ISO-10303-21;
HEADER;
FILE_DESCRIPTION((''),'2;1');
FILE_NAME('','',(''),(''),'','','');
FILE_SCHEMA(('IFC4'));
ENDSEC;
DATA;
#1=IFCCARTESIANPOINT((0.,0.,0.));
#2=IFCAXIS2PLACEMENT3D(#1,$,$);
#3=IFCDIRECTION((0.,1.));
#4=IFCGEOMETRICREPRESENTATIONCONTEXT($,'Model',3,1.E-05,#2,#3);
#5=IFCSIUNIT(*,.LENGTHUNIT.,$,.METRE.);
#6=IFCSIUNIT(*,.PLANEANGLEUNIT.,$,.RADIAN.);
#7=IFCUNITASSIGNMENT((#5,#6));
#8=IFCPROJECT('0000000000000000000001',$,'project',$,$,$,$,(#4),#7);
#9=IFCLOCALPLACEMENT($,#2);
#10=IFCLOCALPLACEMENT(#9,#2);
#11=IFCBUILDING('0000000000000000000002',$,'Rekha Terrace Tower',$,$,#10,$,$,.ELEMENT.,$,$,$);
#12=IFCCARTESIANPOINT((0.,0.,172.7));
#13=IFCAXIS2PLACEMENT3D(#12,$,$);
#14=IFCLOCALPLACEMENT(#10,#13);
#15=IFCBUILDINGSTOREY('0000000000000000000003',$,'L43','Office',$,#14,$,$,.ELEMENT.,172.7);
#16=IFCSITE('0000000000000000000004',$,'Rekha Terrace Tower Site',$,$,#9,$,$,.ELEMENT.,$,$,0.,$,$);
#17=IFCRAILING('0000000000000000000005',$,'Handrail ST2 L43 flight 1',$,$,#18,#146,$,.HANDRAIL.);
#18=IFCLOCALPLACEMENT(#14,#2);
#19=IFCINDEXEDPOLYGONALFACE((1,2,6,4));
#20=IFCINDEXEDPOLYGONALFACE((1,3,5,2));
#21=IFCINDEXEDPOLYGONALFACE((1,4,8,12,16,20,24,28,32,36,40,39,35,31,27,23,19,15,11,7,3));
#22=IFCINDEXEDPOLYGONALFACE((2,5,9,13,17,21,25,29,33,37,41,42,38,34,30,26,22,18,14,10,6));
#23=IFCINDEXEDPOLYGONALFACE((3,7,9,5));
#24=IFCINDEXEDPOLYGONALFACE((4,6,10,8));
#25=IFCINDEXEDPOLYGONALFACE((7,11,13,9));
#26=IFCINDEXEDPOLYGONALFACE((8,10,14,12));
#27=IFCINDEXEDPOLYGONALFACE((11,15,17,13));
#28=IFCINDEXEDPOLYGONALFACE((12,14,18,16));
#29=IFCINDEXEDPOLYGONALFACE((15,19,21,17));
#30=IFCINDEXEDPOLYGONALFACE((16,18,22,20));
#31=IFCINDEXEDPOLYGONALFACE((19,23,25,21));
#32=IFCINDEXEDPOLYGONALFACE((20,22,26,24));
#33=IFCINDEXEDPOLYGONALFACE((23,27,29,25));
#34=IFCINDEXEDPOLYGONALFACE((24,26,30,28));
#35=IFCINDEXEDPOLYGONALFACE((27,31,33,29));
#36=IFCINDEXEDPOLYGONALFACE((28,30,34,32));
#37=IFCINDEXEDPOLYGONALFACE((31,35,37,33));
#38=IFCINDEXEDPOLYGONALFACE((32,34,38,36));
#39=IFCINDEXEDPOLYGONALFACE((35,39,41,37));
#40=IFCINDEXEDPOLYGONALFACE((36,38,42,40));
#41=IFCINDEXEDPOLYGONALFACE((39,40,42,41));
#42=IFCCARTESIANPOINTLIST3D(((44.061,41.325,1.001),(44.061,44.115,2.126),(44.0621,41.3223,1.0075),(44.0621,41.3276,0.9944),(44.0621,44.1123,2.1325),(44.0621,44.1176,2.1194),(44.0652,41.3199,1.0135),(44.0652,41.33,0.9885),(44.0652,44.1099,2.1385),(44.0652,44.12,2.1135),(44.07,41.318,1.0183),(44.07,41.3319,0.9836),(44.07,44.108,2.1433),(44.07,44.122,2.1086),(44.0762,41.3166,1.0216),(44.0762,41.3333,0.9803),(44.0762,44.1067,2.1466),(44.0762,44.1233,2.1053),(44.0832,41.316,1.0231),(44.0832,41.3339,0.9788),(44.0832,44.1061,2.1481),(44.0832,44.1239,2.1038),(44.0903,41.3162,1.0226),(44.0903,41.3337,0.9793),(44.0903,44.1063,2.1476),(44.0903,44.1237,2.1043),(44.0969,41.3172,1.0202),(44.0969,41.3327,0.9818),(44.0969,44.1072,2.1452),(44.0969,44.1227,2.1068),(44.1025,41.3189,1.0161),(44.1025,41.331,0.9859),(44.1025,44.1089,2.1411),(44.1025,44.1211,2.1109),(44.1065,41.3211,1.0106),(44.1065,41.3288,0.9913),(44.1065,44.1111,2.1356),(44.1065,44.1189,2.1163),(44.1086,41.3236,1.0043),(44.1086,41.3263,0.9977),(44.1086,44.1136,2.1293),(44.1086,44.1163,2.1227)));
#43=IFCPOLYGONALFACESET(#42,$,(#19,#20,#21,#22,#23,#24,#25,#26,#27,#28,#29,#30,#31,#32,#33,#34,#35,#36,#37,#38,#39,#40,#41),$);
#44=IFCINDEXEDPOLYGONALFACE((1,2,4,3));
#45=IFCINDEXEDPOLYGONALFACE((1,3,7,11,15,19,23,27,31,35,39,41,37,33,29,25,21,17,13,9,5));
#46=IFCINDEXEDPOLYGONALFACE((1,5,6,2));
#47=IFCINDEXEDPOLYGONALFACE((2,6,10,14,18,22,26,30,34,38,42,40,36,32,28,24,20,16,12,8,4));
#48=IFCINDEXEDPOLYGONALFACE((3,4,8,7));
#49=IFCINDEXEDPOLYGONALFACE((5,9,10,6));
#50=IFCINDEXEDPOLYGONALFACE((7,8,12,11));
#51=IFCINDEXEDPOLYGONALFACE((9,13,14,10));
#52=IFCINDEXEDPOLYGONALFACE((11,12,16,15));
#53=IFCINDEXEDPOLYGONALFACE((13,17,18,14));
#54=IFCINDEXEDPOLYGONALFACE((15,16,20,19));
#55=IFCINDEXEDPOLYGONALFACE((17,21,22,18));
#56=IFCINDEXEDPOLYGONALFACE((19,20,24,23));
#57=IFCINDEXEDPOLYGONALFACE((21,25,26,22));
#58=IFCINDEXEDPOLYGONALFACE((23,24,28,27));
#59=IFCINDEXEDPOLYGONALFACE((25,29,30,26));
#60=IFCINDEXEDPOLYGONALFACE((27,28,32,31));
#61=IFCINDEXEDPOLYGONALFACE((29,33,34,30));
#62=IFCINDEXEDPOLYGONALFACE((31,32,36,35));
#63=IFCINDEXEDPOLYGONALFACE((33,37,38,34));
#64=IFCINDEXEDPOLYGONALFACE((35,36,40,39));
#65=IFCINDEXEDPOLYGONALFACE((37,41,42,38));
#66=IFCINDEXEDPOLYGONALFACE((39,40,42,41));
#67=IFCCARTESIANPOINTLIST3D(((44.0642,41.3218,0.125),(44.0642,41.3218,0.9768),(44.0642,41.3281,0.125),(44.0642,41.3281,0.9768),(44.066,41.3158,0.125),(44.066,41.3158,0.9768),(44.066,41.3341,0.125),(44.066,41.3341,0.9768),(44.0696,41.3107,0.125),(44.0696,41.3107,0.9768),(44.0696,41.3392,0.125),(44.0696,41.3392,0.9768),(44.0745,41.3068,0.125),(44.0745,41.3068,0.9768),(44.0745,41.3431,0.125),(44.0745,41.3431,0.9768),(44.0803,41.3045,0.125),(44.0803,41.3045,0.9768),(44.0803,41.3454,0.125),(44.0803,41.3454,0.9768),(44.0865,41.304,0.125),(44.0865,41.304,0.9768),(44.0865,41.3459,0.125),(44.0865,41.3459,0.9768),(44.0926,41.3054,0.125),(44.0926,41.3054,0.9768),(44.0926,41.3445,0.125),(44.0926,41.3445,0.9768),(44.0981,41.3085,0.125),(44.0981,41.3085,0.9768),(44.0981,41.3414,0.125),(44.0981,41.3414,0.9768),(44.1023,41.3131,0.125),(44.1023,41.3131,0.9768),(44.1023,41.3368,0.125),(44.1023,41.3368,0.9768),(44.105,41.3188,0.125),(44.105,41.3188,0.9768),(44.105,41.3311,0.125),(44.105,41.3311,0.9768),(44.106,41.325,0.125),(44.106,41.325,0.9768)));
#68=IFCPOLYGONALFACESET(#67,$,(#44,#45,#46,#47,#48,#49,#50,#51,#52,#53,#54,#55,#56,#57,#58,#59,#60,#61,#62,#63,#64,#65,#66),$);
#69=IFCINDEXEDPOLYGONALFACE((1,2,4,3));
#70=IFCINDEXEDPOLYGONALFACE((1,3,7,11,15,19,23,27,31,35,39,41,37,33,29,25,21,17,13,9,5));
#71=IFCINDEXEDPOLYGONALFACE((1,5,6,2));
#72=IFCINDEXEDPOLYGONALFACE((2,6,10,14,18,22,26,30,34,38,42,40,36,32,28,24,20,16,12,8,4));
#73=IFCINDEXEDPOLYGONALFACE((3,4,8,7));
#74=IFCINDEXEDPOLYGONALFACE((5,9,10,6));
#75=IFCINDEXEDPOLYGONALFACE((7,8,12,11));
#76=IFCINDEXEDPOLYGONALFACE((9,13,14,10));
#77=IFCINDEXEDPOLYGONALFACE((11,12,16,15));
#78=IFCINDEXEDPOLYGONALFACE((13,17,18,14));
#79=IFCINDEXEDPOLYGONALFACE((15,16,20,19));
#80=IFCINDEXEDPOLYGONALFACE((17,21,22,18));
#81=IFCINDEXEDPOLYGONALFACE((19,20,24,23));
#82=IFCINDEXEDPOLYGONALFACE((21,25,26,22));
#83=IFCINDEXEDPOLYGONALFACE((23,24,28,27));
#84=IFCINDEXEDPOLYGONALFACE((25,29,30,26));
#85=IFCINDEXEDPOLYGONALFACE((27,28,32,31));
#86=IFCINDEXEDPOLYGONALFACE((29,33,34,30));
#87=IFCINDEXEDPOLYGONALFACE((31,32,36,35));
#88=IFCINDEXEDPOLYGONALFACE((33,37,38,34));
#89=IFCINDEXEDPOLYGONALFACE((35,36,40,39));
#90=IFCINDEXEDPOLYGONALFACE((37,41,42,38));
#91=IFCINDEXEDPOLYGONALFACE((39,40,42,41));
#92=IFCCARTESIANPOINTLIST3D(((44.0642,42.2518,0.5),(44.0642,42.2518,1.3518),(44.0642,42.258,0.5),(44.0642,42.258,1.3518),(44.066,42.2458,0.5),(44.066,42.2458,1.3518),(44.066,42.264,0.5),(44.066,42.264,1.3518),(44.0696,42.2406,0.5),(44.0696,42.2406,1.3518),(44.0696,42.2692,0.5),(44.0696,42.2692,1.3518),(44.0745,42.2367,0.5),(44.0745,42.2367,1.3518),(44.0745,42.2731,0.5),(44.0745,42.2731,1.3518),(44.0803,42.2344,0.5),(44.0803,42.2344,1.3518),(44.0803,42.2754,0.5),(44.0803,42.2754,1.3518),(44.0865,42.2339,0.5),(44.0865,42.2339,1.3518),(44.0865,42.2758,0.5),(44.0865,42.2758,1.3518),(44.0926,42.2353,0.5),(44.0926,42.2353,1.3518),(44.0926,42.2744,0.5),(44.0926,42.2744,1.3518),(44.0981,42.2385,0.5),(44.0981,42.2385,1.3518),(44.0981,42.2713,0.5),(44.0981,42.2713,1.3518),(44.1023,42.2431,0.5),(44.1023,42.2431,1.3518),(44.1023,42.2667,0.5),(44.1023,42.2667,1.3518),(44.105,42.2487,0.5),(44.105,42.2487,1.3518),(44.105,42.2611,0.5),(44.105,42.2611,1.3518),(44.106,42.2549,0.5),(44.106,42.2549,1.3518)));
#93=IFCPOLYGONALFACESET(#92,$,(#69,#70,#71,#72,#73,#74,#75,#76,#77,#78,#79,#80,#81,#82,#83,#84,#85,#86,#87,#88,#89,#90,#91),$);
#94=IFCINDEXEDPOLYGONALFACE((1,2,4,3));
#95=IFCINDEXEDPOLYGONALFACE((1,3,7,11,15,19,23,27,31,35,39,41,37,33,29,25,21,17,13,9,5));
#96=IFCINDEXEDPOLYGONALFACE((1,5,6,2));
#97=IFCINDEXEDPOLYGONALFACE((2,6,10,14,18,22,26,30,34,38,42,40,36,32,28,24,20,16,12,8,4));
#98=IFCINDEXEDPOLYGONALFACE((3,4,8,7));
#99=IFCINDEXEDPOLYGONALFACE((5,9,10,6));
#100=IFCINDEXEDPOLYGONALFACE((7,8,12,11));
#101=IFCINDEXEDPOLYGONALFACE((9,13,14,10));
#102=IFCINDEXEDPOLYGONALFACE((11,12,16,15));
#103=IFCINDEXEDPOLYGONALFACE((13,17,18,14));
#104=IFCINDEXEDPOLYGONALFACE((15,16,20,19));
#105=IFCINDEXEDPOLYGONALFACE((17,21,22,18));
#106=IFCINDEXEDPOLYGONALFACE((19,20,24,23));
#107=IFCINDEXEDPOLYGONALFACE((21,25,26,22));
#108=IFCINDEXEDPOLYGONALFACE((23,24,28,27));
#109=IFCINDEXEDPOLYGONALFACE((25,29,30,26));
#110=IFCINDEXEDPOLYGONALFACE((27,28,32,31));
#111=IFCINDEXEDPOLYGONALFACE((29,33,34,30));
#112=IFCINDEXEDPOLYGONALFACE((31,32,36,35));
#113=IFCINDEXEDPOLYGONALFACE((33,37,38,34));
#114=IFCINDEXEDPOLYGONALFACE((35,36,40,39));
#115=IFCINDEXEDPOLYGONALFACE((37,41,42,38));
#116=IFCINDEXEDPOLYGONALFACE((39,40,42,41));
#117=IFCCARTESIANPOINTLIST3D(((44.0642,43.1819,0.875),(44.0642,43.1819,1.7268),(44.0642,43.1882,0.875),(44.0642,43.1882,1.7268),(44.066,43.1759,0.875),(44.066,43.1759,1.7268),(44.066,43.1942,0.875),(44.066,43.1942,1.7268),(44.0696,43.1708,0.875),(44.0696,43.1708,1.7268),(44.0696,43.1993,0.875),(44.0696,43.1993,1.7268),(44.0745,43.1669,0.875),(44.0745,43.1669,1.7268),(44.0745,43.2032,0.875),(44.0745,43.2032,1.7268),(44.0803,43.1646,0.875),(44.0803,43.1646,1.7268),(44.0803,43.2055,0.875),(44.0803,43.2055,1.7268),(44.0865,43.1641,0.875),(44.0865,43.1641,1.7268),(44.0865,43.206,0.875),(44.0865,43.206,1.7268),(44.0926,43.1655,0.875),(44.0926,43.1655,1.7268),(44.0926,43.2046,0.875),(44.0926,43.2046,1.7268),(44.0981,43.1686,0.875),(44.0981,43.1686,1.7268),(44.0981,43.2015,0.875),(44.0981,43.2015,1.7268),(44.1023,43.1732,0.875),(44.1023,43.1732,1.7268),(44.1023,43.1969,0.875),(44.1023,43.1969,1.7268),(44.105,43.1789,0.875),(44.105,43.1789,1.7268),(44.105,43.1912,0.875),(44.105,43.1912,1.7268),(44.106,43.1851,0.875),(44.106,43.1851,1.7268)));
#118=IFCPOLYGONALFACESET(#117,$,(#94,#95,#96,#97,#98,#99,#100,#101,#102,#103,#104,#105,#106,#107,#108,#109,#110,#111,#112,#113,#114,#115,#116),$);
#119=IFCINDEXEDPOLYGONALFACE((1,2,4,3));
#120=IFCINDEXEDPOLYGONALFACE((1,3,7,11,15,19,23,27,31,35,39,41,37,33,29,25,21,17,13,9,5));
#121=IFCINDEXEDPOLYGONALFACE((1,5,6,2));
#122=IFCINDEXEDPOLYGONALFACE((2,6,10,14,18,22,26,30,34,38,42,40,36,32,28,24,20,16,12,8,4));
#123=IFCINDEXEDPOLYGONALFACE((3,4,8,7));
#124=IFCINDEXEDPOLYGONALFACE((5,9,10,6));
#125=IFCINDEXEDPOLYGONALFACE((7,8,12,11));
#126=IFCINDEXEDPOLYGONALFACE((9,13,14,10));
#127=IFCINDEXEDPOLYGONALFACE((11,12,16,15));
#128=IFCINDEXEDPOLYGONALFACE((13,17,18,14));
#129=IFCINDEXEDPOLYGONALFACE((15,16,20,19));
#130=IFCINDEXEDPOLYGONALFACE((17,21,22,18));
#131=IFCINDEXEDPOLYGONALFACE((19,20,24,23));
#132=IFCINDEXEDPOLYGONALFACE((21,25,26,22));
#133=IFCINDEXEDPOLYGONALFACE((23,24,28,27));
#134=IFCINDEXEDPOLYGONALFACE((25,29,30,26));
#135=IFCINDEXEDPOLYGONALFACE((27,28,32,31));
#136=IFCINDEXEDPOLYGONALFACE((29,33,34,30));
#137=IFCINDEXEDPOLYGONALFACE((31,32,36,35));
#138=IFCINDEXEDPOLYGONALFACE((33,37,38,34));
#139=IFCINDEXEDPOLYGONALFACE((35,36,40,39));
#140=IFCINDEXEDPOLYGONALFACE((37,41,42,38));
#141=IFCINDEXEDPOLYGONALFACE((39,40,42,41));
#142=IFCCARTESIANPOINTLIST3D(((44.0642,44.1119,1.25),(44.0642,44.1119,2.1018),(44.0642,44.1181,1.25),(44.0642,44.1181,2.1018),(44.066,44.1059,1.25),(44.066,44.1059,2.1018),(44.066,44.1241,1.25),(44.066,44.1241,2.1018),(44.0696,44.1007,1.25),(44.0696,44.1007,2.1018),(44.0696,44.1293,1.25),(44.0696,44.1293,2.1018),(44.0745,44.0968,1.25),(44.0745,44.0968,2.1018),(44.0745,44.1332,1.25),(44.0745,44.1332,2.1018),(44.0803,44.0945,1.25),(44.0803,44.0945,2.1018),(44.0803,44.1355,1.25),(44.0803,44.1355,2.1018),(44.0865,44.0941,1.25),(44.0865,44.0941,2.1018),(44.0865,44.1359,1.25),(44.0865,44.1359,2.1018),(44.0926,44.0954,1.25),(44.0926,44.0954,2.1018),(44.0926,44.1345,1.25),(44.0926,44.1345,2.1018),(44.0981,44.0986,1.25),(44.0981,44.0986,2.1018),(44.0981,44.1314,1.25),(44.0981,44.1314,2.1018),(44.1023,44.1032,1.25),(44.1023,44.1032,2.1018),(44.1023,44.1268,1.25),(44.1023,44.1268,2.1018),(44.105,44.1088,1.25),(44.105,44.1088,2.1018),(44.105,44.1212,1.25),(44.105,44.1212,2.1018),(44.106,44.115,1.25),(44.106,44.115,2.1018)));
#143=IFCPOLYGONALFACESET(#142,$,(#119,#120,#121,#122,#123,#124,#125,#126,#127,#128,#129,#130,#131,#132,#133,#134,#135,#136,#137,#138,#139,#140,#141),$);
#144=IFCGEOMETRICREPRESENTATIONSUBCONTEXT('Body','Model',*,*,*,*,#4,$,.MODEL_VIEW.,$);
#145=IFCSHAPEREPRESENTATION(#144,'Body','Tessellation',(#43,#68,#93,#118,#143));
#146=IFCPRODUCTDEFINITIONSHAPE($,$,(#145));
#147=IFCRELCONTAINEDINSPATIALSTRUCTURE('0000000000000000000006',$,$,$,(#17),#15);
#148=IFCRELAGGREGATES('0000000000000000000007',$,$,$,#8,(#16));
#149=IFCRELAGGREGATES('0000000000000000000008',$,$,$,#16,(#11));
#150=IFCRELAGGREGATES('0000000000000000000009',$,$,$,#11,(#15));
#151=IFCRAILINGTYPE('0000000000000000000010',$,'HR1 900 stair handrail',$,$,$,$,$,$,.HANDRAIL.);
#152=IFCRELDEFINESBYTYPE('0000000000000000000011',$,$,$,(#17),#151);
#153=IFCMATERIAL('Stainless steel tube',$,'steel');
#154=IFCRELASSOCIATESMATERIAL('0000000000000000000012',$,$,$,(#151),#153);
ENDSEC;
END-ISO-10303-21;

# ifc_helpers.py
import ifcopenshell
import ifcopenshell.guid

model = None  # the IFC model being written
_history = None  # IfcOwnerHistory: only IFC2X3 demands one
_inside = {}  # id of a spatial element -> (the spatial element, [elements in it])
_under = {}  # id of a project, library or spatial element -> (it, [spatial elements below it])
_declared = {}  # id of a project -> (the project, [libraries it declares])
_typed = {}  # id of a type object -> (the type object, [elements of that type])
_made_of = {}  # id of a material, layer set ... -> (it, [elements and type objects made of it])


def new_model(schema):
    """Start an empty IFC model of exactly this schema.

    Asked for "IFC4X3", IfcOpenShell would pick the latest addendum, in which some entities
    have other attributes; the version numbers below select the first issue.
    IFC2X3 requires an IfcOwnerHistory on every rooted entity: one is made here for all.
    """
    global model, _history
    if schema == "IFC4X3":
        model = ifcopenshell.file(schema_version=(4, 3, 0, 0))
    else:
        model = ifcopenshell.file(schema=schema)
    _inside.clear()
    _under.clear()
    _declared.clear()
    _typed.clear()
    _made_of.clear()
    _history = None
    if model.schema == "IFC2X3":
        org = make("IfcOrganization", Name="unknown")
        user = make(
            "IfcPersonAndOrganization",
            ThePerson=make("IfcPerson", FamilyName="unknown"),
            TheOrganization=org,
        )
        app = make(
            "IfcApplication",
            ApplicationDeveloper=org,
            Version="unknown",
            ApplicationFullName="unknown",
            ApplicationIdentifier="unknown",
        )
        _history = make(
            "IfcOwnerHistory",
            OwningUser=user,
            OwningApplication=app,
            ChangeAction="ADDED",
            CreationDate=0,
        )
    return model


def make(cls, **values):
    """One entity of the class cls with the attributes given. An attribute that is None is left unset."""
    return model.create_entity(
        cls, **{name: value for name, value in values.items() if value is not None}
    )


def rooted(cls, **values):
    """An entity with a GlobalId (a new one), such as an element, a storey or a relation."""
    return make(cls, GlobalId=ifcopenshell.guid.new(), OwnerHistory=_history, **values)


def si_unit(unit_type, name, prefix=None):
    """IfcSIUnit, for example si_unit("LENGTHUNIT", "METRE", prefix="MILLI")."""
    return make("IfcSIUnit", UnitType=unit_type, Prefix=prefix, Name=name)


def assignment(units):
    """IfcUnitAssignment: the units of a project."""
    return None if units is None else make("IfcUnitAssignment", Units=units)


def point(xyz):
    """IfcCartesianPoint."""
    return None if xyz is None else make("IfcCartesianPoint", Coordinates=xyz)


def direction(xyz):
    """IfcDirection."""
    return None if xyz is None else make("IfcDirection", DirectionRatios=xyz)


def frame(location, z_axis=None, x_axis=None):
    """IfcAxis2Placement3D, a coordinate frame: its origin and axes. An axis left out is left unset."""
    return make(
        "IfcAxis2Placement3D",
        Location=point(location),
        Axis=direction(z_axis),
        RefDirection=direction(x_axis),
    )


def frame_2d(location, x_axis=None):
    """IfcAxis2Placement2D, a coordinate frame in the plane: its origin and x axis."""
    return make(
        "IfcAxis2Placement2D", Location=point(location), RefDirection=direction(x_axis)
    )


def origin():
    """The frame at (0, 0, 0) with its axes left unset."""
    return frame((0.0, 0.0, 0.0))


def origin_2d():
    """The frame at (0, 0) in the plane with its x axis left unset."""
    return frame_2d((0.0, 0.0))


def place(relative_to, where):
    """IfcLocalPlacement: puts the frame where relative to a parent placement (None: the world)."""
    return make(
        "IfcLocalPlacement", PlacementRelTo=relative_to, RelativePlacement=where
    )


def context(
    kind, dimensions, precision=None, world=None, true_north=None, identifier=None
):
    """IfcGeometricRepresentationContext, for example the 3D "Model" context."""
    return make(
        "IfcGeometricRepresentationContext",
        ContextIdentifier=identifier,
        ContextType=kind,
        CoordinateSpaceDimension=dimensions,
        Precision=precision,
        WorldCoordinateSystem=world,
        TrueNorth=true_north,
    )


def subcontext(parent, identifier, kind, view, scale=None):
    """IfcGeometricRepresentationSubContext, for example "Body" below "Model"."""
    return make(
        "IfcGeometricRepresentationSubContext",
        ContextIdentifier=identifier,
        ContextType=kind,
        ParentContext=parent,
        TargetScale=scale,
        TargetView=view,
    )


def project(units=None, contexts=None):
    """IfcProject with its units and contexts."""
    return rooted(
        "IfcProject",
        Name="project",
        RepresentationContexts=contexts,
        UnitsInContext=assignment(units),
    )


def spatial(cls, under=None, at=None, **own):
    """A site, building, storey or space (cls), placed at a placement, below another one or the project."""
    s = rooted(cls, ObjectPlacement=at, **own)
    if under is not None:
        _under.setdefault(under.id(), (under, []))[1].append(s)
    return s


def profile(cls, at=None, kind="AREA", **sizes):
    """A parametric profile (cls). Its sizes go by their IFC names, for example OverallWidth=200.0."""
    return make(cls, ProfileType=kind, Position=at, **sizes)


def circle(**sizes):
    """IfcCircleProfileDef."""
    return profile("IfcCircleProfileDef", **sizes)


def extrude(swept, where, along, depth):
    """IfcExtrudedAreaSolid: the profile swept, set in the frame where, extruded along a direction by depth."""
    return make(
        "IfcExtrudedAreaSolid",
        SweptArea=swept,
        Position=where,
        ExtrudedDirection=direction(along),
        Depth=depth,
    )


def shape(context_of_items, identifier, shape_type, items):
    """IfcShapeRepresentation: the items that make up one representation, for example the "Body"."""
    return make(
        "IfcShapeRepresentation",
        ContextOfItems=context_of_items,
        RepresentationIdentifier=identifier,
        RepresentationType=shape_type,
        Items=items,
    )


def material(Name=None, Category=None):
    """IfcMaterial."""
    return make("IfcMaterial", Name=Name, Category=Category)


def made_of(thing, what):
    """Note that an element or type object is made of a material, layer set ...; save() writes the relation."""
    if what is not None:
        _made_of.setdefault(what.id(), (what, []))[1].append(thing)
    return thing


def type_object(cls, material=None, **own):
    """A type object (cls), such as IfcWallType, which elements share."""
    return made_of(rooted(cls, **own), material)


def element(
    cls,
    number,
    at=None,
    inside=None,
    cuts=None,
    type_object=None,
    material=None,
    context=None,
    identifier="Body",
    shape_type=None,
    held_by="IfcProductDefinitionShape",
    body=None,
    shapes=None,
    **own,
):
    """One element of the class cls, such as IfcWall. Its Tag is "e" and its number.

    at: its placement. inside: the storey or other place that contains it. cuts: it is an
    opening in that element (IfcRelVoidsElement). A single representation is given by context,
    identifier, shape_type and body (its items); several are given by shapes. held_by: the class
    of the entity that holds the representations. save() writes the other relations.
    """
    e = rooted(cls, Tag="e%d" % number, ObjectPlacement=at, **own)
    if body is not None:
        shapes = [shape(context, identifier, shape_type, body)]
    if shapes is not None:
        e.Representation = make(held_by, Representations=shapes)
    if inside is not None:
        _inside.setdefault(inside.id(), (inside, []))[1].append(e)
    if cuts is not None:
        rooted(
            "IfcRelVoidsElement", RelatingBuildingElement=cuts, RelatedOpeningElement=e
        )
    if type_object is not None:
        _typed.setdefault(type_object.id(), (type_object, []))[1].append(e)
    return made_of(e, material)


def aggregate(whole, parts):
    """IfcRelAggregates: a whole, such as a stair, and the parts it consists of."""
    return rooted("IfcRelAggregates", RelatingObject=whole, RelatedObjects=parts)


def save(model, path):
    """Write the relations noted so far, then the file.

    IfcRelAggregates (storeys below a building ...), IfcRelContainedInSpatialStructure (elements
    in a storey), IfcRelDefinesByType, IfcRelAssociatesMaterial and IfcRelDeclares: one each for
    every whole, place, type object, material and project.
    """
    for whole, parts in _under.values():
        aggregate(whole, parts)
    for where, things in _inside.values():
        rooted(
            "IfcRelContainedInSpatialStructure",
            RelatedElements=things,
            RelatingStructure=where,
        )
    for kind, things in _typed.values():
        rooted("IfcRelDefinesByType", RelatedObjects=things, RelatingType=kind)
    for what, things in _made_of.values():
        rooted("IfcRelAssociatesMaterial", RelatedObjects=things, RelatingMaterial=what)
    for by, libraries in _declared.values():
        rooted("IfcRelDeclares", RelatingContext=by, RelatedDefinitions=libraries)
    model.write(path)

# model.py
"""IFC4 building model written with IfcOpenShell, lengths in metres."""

from ifc_helpers import new_model, si_unit, direction, frame, origin, origin_2d, place, context, subcontext, project, spatial, circle, extrude, material, type_object, element, save


model = new_model("IFC4")

# Units and contexts
model_context = context("Model", 3, precision=1e-05, world=origin(), true_north=direction((0.0, 1.0)))
body_context = subcontext(model_context, "Body", "Model", "MODEL_VIEW")
ifc_project = project(units=[si_unit("LENGTHUNIT", "METRE"), si_unit("PLANEANGLEUNIT", "RADIAN")], contexts=[model_context])

# Site, building, storey
site_placement = place(None, origin())
site = spatial("IfcSite", under=ifc_project, at=site_placement, Name="Rekha Terrace Tower Site", CompositionType="ELEMENT", RefElevation=0.0)
building_placement = place(site_placement, origin())
building = spatial("IfcBuilding", under=site, at=building_placement, Name="Rekha Terrace Tower", CompositionType="ELEMENT")
storey_placement = place(building_placement, frame((0.0, 0.0, 172.7)))
storey = spatial("IfcBuildingStorey", under=building, at=storey_placement, Name="L43", Description="Office", CompositionType="ELEMENT", Elevation=172.7)

# Railing
ifc_material_1 = material(Name="Stainless steel tube", Category="steel")
railing_type_1 = type_object("IfcRailingType", Name="HR1 900 stair handrail", PredefinedType="HANDRAIL", material=ifc_material_1)
railing_1_placement = place(storey_placement, frame((44.085, 41.325, 0.125)))
element("IfcRailing", 1, at=railing_1_placement, inside=storey, type_object=railing_type_1, Name="Handrail ST2 L43 flight 1", PredefinedType="HANDRAIL", context=body_context, shape_type="SweptSolid", body=[
    extrude(circle(Radius=0.0239, at=origin_2d()), frame((0.0, 0.0, 0.876), z_axis=(0.0, 0.927443, 0.373964), x_axis=(-1.0, 0.0, 0.0)), (0.0, 0.0, 1.0), 3.0083),
    extrude(circle(Radius=0.021, at=origin_2d()), origin(), (0.0, 0.0, 1.0), 0.8518),
    extrude(circle(Radius=0.021, at=origin_2d()), frame((0.0, 0.9299, 0.375)), (0.0, 0.0, 1.0), 0.8518),
    extrude(circle(Radius=0.021, at=origin_2d()), frame((0.0, 1.8601, 0.75)), (0.0, 0.0, 1.0), 0.8518),
    extrude(circle(Radius=0.021, at=origin_2d()), frame((0.0, 2.79, 1.125)), (0.0, 0.0, 1.0), 0.8518),
])

save(model, "model.ifc")
